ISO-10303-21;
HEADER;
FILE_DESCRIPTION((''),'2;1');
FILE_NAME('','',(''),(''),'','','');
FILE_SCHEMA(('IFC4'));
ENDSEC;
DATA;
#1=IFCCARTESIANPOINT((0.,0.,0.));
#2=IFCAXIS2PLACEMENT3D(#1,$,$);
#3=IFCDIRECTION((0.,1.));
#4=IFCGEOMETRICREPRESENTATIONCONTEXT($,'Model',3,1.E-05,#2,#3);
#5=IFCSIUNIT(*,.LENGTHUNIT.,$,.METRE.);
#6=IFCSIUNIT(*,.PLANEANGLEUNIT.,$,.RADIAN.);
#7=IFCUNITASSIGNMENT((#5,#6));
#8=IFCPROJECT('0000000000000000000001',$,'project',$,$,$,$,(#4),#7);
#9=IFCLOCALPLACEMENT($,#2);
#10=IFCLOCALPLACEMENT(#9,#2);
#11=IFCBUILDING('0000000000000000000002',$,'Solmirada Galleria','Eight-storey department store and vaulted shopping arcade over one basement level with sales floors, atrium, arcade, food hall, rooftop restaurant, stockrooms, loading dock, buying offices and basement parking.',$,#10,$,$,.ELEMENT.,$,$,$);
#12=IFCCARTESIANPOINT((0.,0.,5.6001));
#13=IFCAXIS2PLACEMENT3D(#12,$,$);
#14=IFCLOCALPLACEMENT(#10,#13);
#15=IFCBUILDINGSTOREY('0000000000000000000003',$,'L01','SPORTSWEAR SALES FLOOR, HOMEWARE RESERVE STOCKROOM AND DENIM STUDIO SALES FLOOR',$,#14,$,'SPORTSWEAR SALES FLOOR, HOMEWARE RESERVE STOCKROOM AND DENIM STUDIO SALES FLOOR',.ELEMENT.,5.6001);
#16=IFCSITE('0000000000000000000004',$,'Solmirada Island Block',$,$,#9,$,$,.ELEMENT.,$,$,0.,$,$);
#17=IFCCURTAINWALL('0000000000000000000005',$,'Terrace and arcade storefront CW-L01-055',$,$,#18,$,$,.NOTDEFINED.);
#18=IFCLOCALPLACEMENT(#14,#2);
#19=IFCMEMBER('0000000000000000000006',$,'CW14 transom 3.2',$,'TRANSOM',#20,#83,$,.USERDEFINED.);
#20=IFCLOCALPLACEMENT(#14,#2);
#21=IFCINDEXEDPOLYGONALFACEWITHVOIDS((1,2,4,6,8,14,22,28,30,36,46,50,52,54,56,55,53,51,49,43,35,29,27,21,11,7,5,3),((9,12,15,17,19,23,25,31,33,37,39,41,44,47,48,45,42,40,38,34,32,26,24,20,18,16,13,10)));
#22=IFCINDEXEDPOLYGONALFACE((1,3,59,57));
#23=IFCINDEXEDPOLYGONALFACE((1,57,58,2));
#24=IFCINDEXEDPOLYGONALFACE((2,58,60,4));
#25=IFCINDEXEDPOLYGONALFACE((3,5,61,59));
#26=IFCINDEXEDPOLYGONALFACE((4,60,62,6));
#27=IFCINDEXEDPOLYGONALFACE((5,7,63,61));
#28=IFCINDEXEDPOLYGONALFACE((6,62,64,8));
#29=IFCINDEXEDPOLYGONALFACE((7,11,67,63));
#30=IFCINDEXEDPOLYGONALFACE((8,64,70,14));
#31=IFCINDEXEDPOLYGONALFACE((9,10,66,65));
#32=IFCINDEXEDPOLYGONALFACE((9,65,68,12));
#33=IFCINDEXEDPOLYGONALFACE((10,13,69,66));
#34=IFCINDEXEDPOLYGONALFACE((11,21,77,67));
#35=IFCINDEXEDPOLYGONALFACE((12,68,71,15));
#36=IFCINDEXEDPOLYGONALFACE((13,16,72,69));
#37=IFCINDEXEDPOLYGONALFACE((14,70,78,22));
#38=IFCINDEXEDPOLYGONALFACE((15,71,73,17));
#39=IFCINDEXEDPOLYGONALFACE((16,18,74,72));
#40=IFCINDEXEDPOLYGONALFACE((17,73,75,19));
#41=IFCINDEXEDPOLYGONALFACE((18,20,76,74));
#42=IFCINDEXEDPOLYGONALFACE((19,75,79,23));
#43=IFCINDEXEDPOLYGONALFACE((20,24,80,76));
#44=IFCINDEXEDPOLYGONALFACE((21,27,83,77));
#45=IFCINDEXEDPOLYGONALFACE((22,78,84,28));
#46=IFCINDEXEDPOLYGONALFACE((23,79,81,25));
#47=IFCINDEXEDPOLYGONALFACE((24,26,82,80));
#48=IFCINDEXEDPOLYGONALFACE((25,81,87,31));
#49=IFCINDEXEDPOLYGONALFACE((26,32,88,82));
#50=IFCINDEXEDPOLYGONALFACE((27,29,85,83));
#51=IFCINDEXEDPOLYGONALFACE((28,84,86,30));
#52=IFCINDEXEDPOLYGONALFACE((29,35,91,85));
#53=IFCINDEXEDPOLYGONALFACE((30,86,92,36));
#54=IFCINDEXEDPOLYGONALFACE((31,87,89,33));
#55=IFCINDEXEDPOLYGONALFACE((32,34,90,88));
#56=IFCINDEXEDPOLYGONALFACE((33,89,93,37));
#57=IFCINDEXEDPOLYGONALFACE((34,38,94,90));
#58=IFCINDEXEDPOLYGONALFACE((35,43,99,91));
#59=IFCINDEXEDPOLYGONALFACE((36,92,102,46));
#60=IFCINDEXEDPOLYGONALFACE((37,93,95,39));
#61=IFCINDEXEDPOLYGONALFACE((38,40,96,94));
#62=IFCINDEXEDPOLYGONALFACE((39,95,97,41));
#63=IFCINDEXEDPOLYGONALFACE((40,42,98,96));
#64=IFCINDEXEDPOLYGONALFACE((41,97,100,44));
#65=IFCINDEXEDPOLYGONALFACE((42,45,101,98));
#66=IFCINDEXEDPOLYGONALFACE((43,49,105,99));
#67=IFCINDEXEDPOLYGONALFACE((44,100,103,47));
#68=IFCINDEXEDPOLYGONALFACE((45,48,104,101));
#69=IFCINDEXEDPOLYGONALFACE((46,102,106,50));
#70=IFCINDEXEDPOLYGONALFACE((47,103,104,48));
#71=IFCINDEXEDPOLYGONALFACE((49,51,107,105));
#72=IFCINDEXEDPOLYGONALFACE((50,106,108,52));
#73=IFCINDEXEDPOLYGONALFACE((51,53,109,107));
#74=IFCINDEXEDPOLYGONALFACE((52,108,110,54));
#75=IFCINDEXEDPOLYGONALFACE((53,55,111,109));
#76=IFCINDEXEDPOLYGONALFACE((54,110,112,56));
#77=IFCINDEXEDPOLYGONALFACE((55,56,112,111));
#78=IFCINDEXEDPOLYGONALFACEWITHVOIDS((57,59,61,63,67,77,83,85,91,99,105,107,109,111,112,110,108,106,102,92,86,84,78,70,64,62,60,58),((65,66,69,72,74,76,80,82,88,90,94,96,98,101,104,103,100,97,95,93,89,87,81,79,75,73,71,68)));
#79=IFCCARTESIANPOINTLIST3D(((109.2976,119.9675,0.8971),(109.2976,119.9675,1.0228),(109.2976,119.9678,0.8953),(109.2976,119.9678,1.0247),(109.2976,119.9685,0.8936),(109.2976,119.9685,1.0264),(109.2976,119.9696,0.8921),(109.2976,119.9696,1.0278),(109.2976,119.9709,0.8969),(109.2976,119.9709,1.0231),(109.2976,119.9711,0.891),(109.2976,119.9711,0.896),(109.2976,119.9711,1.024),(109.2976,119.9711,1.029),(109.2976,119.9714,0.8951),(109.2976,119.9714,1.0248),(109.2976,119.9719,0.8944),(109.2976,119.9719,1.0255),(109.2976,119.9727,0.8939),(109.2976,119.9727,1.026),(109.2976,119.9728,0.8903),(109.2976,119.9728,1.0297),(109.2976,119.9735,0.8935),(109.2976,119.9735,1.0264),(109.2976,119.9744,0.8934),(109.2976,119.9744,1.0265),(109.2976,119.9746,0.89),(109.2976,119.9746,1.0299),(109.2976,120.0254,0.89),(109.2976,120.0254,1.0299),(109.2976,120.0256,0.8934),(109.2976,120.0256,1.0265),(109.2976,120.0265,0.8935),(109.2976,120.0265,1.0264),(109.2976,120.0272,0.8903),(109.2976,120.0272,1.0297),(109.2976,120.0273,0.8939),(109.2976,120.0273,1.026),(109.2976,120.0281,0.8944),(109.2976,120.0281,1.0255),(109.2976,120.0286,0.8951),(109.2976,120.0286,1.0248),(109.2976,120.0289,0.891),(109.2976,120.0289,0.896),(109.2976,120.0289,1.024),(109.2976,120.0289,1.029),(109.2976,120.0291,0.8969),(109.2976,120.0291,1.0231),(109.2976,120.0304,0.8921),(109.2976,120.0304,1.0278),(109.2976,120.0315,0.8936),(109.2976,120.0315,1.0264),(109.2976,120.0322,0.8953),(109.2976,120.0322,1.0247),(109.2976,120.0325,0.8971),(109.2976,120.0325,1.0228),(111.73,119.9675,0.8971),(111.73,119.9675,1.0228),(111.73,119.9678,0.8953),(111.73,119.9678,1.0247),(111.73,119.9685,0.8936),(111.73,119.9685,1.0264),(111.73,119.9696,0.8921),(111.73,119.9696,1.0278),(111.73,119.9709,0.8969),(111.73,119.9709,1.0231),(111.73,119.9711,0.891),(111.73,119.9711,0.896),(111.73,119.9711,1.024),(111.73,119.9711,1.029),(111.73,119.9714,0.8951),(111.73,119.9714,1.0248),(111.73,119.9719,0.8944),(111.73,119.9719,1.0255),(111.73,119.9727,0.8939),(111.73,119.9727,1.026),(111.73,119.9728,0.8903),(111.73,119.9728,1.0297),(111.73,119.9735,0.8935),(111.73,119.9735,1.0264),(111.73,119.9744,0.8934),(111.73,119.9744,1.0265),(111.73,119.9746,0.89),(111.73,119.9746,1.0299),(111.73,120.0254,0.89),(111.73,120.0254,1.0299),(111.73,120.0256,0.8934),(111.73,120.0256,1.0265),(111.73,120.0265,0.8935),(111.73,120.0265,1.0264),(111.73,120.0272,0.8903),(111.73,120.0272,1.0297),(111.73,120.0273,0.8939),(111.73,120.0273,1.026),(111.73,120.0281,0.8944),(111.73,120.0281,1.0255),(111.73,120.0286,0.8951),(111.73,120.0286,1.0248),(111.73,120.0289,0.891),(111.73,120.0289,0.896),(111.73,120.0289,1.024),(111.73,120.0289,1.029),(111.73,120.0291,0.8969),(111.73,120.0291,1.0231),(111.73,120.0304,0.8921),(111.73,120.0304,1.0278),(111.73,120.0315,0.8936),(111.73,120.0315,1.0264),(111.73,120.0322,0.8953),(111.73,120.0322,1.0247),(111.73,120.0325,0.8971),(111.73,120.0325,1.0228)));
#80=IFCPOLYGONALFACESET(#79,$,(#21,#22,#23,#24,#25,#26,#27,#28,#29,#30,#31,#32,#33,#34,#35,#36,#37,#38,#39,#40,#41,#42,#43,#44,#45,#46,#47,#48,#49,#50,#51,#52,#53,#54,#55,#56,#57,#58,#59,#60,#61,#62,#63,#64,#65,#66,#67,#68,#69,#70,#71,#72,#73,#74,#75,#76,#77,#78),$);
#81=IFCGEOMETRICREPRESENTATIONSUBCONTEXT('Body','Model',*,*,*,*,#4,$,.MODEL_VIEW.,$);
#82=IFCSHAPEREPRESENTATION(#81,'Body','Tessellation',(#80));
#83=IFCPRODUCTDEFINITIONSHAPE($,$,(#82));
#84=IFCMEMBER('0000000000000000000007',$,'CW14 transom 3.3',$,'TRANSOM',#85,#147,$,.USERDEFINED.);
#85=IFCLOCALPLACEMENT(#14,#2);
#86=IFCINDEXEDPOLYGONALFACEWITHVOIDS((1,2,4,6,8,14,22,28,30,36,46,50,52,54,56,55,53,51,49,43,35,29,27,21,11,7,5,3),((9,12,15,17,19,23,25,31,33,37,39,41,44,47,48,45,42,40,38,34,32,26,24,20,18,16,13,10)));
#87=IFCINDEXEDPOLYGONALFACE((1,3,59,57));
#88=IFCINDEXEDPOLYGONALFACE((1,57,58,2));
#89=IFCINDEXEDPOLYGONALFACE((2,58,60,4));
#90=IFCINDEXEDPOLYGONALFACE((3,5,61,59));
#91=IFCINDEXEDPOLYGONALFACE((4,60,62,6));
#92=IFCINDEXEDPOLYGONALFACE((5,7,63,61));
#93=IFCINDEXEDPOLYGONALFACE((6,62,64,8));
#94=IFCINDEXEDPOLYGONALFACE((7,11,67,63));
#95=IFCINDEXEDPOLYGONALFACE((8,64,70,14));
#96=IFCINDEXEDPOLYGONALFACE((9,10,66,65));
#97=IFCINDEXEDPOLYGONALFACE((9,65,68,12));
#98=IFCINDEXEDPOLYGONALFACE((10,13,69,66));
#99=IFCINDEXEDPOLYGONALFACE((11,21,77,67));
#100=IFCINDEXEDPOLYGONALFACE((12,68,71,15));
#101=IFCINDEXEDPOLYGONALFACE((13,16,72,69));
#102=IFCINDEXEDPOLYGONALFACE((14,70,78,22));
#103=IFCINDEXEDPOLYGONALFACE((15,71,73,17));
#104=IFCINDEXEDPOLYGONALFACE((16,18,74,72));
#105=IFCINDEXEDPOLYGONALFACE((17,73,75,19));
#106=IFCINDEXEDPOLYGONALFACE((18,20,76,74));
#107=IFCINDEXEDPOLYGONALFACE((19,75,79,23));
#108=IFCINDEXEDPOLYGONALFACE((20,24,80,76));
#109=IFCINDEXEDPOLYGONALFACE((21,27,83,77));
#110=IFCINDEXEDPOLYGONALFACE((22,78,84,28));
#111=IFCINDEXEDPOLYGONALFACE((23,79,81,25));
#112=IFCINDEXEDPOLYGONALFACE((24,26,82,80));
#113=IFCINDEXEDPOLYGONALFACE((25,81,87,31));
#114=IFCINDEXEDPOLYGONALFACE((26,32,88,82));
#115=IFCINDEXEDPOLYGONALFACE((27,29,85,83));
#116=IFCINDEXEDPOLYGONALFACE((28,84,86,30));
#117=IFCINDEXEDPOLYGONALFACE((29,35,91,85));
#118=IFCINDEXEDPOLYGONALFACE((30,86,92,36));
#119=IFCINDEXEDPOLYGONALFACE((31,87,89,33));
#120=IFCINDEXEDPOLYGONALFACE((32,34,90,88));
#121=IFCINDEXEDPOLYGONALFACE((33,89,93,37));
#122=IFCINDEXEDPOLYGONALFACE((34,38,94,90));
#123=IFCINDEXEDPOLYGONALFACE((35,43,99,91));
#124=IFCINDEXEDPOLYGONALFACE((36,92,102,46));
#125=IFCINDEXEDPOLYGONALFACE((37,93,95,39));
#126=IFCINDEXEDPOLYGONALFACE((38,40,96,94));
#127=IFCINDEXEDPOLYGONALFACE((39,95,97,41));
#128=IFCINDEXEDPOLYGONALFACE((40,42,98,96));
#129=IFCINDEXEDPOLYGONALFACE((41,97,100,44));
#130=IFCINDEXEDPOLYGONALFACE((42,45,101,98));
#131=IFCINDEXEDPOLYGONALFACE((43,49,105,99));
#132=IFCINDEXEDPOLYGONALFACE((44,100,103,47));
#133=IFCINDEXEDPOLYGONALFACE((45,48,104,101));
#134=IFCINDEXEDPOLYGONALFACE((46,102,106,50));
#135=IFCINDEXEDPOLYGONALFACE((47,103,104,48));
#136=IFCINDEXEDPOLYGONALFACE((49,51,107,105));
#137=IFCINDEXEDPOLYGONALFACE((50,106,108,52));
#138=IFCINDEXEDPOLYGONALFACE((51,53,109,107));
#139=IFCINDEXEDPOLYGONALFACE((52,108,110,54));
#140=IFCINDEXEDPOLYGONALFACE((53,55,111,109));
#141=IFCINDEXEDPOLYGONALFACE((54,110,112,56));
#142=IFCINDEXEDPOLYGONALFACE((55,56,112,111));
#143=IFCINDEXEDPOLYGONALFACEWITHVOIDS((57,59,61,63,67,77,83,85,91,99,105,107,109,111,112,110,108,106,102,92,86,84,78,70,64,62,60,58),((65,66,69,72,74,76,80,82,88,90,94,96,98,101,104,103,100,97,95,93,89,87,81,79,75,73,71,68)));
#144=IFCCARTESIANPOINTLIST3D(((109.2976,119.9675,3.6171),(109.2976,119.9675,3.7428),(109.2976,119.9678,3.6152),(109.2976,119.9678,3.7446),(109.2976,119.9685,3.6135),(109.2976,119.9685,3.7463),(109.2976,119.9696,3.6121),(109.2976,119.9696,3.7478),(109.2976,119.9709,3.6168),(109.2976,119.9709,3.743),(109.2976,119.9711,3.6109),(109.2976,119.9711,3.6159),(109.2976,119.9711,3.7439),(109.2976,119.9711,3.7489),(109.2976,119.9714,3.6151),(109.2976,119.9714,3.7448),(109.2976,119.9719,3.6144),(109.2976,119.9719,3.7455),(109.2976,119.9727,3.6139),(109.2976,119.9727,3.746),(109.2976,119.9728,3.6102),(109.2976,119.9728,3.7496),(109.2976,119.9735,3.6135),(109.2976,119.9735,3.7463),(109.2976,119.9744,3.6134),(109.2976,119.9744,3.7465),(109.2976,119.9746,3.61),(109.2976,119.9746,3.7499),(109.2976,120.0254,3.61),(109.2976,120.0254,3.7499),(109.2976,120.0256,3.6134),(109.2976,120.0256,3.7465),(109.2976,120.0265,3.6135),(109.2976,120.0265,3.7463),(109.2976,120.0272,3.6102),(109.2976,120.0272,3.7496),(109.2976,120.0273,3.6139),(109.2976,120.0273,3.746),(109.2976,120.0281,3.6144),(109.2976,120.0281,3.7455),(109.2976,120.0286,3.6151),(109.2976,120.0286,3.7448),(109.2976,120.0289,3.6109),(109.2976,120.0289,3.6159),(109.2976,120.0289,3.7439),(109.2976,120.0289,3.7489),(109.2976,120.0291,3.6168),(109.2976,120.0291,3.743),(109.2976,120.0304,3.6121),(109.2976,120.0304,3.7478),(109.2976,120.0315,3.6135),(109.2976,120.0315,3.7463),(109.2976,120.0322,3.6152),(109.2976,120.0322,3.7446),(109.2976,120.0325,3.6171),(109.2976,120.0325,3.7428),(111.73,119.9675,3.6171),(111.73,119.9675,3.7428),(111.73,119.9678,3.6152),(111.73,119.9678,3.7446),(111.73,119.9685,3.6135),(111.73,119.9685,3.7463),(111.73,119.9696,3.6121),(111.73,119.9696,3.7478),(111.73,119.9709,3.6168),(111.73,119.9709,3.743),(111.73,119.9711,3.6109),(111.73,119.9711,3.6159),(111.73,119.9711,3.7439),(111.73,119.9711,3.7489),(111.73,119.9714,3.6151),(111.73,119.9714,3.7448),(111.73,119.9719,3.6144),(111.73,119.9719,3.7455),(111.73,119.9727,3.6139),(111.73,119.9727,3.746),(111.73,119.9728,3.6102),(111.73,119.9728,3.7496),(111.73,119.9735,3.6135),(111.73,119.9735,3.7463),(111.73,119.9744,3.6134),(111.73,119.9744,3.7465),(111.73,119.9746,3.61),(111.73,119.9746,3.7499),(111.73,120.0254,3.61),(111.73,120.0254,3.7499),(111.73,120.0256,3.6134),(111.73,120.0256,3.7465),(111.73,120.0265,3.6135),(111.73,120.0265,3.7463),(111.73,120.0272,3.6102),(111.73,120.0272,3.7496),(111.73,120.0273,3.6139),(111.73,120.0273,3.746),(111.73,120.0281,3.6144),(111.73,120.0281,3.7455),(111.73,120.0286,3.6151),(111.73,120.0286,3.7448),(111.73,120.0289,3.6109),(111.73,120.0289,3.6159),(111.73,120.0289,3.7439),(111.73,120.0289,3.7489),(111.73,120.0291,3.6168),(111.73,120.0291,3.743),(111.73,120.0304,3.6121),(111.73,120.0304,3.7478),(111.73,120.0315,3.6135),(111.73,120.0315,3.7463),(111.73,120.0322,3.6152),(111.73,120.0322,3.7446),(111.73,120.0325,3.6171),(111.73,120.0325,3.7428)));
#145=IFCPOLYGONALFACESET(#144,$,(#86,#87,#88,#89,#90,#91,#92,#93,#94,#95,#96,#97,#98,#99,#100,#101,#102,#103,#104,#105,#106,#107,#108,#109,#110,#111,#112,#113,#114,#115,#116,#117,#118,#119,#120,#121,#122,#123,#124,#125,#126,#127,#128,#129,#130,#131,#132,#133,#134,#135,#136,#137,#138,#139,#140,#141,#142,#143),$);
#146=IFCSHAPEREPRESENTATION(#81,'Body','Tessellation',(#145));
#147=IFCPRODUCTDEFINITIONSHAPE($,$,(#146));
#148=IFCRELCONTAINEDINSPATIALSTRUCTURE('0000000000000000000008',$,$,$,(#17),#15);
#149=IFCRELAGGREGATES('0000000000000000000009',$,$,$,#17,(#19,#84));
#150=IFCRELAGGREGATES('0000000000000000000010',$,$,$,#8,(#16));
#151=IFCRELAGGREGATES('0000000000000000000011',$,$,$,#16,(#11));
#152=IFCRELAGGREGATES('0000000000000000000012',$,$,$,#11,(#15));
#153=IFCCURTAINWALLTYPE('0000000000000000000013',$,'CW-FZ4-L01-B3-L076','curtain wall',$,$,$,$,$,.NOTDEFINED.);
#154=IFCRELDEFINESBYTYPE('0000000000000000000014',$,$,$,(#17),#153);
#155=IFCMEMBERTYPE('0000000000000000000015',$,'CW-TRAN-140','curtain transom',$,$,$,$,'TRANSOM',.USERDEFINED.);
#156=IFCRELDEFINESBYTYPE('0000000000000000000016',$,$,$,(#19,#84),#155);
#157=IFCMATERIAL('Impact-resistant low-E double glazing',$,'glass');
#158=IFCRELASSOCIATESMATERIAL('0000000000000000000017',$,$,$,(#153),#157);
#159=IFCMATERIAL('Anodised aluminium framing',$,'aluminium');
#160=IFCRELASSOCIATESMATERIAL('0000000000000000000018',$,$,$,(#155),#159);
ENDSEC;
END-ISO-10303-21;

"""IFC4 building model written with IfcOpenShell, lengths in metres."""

from ifc_helpers import new_model, si_unit, direction, frame, origin, origin_2d, place, context, subcontext, project, spatial, hollow_rectangle, extrude, material, material_profile, profile_set, type_object, element, aggregate, save


model = new_model("IFC4")

# Units and contexts
model_context = context("Model", 3, precision=1e-05, world=origin(), true_north=direction((0.0, 1.0)))
body_context = subcontext(model_context, "Body", "Model", "MODEL_VIEW")
ifc_project = project(units=[si_unit("LENGTHUNIT", "METRE"), si_unit("PLANEANGLEUNIT", "RADIAN")], contexts=[model_context])

# Site, building, storey
site_placement = place(None, origin())
site = spatial("IfcSite", under=ifc_project, at=site_placement, Name="Solmirada Island Block", CompositionType="ELEMENT", RefElevation=0.0)
building_placement = place(site_placement, origin())
building = spatial("IfcBuilding", under=site, at=building_placement, Name="Solmirada Galleria", Description="Eight-storey department store and vaulted shopping arcade over one basement level with sales floors, atrium, arcade, food hall, rooftop restaurant, stockrooms, loading dock, buying offices and basement parking.", CompositionType="ELEMENT")
storey_placement = place(building_placement, frame((0.0, 0.0, 5.6001)))
storey = spatial("IfcBuildingStorey", under=building, at=storey_placement, Name="L01", Description="SPORTSWEAR SALES FLOOR, HOMEWARE RESERVE STOCKROOM AND DENIM STUDIO SALES FLOOR", LongName="SPORTSWEAR SALES FLOOR, HOMEWARE RESERVE STOCKROOM AND DENIM STUDIO SALES FLOOR", CompositionType="ELEMENT", Elevation=5.6001)

# Curtain wall
ifc_material_1 = material(Name="Impact-resistant low-E double glazing", Category="glass")
curtain_wall_type_1 = type_object("IfcCurtainWallType", Name="CW-FZ4-L01-B3-L076", Description="curtain wall", PredefinedType="NOTDEFINED", material=ifc_material_1)
curtain_wall_1_placement = place(storey_placement, origin())
curtain_wall_1 = element("IfcCurtainWall", 1, at=curtain_wall_1_placement, inside=storey, type_object=curtain_wall_type_1, Name="Terrace and arcade storefront CW-L01-055", PredefinedType="NOTDEFINED")
ifc_material_2 = material(Name="Anodised aluminium framing", Category="aluminium")

# Members
ifc_material_profile_1 = material_profile(ifc_material_2, hollow_rectangle(XDim=0.0649, YDim=0.1399, WallThickness=0.0034, InnerFilletRadius=0.0034, OuterFilletRadius=0.0071, at=origin_2d()), Name="ALU-TRAN-140X65")
ifc_profile_set_1 = profile_set([ifc_material_profile_1], Name="Anodised aluminium framing")
member_type_1 = type_object("IfcMemberType", Name="CW-TRAN-140", Description="curtain transom", ElementType="TRANSOM", PredefinedType="USERDEFINED", material=ifc_profile_set_1)
member_1_placement = place(storey_placement, frame((109.2976, 120.0, 0.96), z_axis=(1.0, 0.0, 0.0), x_axis=(0.0, 1.0, 0.0)))
member_1 = element("IfcMember", 2, at=member_1_placement, type_object=member_type_1, Name="CW14 transom 3.2", ObjectType="TRANSOM", PredefinedType="USERDEFINED", context=body_context, shape_type="SweptSolid", body=[
    extrude(hollow_rectangle(XDim=0.0649, YDim=0.1399, WallThickness=0.0034, InnerFilletRadius=0.0034, OuterFilletRadius=0.0071, at=origin_2d()), origin(), (0.0, 0.0, 1.0), 2.4324),
])
member_2_placement = place(storey_placement, frame((109.2976, 120.0, 3.6799), z_axis=(1.0, 0.0, 0.0), x_axis=(0.0, 1.0, 0.0)))
member_2 = element("IfcMember", 3, at=member_2_placement, type_object=member_type_1, Name="CW14 transom 3.3", ObjectType="TRANSOM", PredefinedType="USERDEFINED", context=body_context, shape_type="SweptSolid", body=[
    extrude(hollow_rectangle(XDim=0.0649, YDim=0.1399, WallThickness=0.0034, InnerFilletRadius=0.0034, OuterFilletRadius=0.0071, at=origin_2d()), origin(), (0.0, 0.0, 1.0), 2.4324),
])

aggregate(curtain_wall_1, [member_1, member_2])

save(model, "model.ifc")
